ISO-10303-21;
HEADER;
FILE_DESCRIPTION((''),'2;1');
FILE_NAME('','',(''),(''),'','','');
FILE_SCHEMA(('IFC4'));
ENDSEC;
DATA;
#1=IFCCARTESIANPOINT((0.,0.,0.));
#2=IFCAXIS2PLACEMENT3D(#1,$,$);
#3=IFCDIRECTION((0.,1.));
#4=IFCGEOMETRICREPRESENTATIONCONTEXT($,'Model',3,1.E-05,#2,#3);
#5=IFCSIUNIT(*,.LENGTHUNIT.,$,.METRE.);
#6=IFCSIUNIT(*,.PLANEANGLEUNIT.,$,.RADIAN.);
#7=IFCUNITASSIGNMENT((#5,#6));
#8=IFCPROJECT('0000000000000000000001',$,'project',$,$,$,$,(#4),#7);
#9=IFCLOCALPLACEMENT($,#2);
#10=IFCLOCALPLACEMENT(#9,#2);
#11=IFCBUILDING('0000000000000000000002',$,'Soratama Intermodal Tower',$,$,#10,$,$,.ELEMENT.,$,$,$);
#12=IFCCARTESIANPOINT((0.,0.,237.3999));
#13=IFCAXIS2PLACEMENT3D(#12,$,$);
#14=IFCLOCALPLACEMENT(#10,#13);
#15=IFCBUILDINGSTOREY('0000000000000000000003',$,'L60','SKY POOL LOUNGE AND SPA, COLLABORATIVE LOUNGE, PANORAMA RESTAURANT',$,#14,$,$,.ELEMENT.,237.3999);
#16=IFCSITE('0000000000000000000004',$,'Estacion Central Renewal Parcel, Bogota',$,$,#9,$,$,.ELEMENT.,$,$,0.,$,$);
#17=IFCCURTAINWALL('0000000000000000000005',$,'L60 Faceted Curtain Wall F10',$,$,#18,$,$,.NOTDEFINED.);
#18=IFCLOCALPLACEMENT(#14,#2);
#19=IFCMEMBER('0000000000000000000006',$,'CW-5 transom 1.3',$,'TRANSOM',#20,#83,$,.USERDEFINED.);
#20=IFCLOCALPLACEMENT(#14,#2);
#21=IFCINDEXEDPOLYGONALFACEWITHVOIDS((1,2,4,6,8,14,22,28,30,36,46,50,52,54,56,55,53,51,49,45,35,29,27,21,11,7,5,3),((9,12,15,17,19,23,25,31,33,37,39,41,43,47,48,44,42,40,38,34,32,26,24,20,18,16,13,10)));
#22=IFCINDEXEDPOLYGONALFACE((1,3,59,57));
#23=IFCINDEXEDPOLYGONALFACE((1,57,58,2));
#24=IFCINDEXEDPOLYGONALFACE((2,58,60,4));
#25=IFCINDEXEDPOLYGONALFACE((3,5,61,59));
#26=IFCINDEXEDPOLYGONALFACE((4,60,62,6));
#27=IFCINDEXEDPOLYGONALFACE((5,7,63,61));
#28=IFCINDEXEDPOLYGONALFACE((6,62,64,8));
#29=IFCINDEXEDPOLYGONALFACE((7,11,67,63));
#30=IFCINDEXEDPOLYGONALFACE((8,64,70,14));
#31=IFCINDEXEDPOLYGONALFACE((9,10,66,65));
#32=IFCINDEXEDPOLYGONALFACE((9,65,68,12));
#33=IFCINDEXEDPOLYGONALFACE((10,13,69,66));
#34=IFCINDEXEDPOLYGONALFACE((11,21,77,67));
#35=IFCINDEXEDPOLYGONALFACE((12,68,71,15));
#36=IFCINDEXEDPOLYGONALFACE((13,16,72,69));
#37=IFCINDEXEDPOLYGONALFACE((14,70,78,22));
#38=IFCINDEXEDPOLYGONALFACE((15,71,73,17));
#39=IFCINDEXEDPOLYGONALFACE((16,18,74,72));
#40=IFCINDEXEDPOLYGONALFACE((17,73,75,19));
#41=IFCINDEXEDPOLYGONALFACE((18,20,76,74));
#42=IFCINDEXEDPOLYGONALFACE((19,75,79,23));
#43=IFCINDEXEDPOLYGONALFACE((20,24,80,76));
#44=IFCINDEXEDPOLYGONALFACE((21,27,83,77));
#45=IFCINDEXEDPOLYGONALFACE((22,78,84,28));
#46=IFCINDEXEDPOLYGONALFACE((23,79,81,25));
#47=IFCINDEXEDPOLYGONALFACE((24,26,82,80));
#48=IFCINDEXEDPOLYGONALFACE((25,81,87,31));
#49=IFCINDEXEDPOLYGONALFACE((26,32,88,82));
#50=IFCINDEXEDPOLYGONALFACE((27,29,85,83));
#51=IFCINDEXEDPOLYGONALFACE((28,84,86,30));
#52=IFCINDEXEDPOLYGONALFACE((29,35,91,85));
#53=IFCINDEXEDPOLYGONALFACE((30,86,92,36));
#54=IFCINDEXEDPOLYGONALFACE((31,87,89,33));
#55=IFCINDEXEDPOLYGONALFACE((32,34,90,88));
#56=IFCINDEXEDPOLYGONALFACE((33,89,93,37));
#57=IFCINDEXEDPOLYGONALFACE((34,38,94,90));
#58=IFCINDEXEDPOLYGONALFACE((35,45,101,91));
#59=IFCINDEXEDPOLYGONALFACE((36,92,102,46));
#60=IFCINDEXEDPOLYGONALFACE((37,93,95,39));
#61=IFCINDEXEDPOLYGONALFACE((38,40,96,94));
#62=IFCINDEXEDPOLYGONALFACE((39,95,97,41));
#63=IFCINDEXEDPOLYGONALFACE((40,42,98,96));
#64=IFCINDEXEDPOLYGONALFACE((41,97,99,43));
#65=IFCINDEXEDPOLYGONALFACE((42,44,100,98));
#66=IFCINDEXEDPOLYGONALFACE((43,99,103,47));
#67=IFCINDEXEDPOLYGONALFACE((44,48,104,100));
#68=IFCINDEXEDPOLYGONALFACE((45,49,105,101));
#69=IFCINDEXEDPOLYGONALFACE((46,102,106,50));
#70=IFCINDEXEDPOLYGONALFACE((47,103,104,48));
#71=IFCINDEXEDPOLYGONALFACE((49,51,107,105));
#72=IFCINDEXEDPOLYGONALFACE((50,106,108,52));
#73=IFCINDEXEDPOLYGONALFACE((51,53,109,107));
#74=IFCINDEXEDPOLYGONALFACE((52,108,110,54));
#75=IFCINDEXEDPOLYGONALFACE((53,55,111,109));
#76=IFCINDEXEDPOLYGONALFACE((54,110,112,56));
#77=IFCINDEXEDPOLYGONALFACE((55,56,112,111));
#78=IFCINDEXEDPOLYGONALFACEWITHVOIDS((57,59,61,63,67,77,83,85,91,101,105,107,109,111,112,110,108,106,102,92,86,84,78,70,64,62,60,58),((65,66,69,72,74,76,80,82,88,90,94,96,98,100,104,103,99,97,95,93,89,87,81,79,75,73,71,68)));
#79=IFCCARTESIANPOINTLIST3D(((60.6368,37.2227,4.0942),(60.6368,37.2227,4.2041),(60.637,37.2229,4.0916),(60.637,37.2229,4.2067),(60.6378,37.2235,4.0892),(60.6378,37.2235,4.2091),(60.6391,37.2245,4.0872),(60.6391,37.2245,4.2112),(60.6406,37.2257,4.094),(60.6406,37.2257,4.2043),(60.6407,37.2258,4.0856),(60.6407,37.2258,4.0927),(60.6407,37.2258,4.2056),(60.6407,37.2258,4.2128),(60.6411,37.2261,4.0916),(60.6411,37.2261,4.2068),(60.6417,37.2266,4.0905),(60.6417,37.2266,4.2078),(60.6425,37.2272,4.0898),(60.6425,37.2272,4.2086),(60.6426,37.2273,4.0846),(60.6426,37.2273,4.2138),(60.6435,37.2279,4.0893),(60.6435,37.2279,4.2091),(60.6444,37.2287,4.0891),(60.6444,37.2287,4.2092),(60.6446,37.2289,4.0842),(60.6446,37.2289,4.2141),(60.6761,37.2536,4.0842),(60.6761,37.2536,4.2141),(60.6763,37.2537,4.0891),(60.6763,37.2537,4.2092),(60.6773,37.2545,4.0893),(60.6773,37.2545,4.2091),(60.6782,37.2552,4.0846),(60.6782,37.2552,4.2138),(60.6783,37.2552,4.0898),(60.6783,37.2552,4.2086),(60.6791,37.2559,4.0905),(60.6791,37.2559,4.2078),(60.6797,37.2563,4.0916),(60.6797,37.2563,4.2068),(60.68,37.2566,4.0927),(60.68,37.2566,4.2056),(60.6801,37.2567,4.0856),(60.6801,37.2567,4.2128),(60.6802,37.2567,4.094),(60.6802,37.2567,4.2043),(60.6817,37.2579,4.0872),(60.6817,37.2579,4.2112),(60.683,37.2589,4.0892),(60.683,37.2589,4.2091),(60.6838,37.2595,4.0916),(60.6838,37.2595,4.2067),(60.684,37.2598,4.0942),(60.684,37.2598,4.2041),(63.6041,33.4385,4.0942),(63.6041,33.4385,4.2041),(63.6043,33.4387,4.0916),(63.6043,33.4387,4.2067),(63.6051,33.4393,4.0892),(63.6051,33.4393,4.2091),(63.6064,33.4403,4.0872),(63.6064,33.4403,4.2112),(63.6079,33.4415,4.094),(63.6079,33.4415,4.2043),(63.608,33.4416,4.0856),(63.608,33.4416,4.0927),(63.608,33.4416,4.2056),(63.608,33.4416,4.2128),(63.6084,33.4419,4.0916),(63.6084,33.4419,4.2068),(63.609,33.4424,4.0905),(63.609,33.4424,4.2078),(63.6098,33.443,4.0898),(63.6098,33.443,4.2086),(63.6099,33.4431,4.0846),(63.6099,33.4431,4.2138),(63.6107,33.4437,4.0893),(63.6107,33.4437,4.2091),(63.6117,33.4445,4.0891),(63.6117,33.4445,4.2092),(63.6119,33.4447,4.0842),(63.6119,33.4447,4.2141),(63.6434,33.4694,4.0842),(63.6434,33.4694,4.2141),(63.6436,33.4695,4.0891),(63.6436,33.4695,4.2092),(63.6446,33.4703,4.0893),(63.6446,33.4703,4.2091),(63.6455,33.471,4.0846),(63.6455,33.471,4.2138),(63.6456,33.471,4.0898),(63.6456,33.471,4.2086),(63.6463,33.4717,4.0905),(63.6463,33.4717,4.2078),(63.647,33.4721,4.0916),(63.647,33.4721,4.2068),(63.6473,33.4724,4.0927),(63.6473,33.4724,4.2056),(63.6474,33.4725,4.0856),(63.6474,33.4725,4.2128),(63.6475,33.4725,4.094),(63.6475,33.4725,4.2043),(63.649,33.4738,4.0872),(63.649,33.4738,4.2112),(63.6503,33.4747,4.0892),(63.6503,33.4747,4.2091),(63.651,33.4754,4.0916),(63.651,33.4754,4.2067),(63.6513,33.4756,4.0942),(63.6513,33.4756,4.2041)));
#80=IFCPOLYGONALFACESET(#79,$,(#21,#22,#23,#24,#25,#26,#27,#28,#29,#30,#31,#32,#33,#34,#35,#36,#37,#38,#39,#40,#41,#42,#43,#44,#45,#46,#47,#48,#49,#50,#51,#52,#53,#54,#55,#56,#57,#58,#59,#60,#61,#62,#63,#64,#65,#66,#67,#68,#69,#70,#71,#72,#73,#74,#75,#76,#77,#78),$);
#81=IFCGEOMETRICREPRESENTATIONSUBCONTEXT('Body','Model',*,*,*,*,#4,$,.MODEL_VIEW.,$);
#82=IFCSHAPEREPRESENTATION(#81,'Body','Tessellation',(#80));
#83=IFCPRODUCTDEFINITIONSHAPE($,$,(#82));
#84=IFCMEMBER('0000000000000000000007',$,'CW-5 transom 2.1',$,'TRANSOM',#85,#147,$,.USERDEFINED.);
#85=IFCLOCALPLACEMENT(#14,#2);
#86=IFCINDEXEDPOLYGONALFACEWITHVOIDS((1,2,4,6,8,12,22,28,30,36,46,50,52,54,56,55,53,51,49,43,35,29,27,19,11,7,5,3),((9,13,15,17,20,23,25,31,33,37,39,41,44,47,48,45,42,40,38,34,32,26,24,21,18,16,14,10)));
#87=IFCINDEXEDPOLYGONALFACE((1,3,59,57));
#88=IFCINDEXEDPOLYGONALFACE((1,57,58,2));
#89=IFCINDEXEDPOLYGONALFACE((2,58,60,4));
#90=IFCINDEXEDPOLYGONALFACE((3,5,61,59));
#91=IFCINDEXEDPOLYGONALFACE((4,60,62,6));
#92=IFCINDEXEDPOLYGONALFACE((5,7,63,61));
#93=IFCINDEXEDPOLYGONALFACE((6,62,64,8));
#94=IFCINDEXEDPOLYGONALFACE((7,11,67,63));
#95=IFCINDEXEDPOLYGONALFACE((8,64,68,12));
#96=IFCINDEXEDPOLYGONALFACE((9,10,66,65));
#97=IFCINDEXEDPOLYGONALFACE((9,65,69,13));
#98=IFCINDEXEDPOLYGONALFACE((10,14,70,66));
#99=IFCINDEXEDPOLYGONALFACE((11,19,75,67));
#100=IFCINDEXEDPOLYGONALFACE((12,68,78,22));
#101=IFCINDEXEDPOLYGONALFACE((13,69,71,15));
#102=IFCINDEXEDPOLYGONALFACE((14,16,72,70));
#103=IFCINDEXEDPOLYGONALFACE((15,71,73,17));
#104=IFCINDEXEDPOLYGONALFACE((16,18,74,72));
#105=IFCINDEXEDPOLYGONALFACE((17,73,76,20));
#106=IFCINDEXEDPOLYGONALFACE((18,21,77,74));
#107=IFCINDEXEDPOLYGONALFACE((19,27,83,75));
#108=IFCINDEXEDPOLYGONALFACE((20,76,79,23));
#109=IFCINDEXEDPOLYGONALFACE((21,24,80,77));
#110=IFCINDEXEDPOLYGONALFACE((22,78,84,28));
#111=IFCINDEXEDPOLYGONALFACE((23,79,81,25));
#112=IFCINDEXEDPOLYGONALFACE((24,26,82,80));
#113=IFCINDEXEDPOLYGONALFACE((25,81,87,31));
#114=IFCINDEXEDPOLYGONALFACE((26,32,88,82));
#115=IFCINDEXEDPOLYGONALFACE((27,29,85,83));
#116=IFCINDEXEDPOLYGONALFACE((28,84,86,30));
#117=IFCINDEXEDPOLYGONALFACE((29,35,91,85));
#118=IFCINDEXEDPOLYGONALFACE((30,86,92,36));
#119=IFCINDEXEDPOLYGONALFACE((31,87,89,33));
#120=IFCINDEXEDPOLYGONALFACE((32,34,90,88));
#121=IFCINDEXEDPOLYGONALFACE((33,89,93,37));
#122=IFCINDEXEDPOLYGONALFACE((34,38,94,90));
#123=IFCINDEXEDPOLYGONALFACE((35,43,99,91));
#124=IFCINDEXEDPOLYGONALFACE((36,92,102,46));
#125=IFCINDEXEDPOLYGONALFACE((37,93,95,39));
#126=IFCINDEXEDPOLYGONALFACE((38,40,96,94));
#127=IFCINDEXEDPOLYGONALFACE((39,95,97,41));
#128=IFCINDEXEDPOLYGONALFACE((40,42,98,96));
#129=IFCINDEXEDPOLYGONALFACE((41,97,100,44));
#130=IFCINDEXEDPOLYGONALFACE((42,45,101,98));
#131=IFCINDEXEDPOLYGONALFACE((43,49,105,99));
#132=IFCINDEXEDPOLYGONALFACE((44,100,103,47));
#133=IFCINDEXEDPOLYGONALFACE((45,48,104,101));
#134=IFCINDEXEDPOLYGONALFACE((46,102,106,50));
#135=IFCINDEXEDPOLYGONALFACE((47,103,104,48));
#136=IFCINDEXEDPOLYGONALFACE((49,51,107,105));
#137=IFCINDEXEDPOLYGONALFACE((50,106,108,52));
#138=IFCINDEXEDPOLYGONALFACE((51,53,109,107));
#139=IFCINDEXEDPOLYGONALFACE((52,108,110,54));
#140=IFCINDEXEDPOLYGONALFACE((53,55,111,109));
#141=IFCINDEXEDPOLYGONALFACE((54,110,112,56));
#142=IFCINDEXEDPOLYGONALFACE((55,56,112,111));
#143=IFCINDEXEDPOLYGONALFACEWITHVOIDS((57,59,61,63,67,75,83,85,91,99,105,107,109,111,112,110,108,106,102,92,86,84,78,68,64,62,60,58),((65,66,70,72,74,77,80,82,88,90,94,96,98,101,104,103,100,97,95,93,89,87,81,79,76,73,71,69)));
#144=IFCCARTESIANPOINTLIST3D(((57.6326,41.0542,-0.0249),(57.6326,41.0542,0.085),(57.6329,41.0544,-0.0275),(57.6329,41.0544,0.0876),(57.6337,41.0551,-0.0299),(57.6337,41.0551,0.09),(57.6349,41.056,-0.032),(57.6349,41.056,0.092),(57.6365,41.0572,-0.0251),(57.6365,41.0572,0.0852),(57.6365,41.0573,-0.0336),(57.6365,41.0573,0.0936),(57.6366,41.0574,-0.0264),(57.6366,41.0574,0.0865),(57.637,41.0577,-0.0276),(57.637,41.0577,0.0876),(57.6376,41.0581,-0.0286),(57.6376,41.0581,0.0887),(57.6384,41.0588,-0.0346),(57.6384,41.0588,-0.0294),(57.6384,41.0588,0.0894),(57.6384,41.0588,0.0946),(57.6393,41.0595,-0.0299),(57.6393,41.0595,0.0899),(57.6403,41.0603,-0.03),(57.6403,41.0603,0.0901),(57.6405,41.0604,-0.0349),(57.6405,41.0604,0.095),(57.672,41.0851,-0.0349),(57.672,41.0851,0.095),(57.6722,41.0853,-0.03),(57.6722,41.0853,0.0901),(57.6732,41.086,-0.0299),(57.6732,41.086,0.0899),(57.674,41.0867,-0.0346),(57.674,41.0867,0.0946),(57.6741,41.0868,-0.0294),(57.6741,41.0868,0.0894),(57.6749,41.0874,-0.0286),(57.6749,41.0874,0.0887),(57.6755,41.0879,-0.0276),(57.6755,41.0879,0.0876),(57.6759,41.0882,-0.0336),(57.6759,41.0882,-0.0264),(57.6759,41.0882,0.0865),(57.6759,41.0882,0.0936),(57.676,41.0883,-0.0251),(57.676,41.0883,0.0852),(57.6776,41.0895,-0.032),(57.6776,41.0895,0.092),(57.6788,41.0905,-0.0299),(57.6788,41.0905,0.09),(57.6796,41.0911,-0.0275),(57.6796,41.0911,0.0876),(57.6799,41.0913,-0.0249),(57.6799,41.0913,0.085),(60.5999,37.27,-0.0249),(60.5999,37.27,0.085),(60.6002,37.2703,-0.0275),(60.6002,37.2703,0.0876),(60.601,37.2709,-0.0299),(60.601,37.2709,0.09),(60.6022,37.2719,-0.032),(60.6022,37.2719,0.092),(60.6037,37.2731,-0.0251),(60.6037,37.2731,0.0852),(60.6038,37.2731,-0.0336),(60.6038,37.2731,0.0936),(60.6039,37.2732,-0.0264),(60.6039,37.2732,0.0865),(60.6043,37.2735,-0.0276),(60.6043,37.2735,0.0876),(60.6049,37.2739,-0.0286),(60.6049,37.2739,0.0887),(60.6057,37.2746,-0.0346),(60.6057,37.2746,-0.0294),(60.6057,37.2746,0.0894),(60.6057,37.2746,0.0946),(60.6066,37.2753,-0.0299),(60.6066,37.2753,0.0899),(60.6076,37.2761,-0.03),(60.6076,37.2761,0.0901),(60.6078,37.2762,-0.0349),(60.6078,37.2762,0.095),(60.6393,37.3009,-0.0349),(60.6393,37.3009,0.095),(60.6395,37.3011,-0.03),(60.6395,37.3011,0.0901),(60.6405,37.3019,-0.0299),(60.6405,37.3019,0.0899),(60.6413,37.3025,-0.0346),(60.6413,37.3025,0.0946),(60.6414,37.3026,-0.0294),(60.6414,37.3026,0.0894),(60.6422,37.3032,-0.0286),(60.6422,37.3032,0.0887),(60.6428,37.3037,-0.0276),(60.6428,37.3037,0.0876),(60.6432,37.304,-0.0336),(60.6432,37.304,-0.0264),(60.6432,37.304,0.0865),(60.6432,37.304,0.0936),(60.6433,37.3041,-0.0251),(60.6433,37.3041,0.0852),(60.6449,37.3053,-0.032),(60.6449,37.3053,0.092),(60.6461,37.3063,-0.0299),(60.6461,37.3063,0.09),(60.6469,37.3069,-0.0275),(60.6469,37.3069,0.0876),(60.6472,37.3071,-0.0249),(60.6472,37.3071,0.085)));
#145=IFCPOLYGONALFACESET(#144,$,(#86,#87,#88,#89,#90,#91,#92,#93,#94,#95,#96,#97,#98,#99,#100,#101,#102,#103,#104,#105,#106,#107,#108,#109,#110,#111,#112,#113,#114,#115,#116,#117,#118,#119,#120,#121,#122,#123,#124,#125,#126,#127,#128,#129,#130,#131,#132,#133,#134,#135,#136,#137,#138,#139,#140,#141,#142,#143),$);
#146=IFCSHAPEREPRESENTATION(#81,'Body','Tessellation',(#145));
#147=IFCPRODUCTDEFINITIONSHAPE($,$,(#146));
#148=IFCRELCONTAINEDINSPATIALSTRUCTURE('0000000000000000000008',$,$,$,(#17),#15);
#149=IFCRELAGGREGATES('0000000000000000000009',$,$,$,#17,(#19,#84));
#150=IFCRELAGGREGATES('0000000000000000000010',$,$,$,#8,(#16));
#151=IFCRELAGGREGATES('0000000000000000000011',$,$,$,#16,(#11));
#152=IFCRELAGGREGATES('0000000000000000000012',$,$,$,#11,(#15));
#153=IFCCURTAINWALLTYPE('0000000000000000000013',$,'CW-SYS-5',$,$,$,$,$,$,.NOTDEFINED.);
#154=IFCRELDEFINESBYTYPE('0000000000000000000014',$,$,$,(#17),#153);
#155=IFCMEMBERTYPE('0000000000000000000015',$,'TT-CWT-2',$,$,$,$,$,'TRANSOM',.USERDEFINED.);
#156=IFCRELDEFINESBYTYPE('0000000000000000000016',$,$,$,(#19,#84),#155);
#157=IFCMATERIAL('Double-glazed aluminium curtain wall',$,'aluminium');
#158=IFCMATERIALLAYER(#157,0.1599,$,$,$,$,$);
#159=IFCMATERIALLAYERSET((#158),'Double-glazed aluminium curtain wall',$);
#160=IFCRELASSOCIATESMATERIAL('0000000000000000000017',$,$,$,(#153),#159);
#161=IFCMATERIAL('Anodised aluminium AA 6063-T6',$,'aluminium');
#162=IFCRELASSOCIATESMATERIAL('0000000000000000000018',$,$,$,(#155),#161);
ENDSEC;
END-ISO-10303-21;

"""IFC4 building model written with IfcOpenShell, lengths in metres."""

from ifc_helpers import new_model, si_unit, direction, frame, origin, origin_2d, place, context, subcontext, project, spatial, hollow_rectangle, extrude, material, layer, layer_set, material_profile, profile_set, type_object, element, aggregate, save


model = new_model("IFC4")

# Units and contexts
model_context = context("Model", 3, precision=1e-05, world=origin(), true_north=direction((0.0, 1.0)))
body_context = subcontext(model_context, "Body", "Model", "MODEL_VIEW")
ifc_project = project(units=[si_unit("LENGTHUNIT", "METRE"), si_unit("PLANEANGLEUNIT", "RADIAN")], contexts=[model_context])

# Site, building, storey
site_placement = place(None, origin())
site = spatial("IfcSite", under=ifc_project, at=site_placement, Name="Estacion Central Renewal Parcel, Bogota", CompositionType="ELEMENT", RefElevation=0.0)
building_placement = place(site_placement, origin())
building = spatial("IfcBuilding", under=site, at=building_placement, Name="Soratama Intermodal Tower", CompositionType="ELEMENT")
storey_placement = place(building_placement, frame((0.0, 0.0, 237.3999)))
storey = spatial("IfcBuildingStorey", under=building, at=storey_placement, Name="L60", Description="SKY POOL LOUNGE AND SPA, COLLABORATIVE LOUNGE, PANORAMA RESTAURANT", CompositionType="ELEMENT", Elevation=237.3999)

# Curtain wall, members
ifc_material_1 = material(Name="Double-glazed aluminium curtain wall", Category="aluminium")
ifc_layer_1 = layer(ifc_material_1, 0.1599)
ifc_layer_set_1 = layer_set([ifc_layer_1], Name="Double-glazed aluminium curtain wall")
curtain_wall_type = type_object("IfcCurtainWallType", Name="CW-SYS-5", PredefinedType="NOTDEFINED", material=ifc_layer_set_1)
curtain_wall_placement = place(storey_placement, origin())
curtain_wall = element("IfcCurtainWall", 1, at=curtain_wall_placement, inside=storey, type_object=curtain_wall_type, Name="L60 Faceted Curtain Wall F10", PredefinedType="NOTDEFINED")
ifc_material_2 = material(Name="Anodised aluminium AA 6063-T6", Category="aluminium")
ifc_material_profile_1 = material_profile(ifc_material_2, hollow_rectangle(XDim=0.0601, YDim=0.1299, WallThickness=0.0049, InnerFilletRadius=0.0049, OuterFilletRadius=0.01, at=origin_2d()), Name="CWT130X60X5")
ifc_profile_set_1 = profile_set([ifc_material_profile_1], Name="Anodised aluminium AA 6063-T6")
member_type_1 = type_object("IfcMemberType", Name="TT-CWT-2", ElementType="TRANSOM", PredefinedType="USERDEFINED", material=ifc_profile_set_1)
member_1_placement = place(storey_placement, frame((63.6277, 33.457, 4.1492), z_axis=(-0.61705, 0.786924, 0.0), x_axis=(-0.786924, -0.61705, 0.0)))
member_1 = element("IfcMember", 2, at=member_1_placement, type_object=member_type_1, Name="CW-5 transom 1.3", ObjectType="TRANSOM", PredefinedType="USERDEFINED", context=body_context, shape_type="SweptSolid", body=[
    extrude(hollow_rectangle(XDim=0.0601, YDim=0.1299, WallThickness=0.0049, InnerFilletRadius=0.0049, OuterFilletRadius=0.01, at=origin_2d()), origin(), (0.0, 0.0, 1.0), 4.8088),
])
member_2_placement = place(storey_placement, frame((60.6235, 37.2886, 0.03), z_axis=(-0.61705, 0.786924, 0.0), x_axis=(-0.786924, -0.61705, 0.0)))
member_2 = element("IfcMember", 3, at=member_2_placement, type_object=member_type_1, Name="CW-5 transom 2.1", ObjectType="TRANSOM", PredefinedType="USERDEFINED", context=body_context, shape_type="SweptSolid", body=[
    extrude(hollow_rectangle(XDim=0.0601, YDim=0.1299, WallThickness=0.0049, InnerFilletRadius=0.0049, OuterFilletRadius=0.01, at=origin_2d()), origin(), (0.0, 0.0, 1.0), 4.8088),
])
aggregate(curtain_wall, [member_1, member_2])

save(model, "model.ifc")
